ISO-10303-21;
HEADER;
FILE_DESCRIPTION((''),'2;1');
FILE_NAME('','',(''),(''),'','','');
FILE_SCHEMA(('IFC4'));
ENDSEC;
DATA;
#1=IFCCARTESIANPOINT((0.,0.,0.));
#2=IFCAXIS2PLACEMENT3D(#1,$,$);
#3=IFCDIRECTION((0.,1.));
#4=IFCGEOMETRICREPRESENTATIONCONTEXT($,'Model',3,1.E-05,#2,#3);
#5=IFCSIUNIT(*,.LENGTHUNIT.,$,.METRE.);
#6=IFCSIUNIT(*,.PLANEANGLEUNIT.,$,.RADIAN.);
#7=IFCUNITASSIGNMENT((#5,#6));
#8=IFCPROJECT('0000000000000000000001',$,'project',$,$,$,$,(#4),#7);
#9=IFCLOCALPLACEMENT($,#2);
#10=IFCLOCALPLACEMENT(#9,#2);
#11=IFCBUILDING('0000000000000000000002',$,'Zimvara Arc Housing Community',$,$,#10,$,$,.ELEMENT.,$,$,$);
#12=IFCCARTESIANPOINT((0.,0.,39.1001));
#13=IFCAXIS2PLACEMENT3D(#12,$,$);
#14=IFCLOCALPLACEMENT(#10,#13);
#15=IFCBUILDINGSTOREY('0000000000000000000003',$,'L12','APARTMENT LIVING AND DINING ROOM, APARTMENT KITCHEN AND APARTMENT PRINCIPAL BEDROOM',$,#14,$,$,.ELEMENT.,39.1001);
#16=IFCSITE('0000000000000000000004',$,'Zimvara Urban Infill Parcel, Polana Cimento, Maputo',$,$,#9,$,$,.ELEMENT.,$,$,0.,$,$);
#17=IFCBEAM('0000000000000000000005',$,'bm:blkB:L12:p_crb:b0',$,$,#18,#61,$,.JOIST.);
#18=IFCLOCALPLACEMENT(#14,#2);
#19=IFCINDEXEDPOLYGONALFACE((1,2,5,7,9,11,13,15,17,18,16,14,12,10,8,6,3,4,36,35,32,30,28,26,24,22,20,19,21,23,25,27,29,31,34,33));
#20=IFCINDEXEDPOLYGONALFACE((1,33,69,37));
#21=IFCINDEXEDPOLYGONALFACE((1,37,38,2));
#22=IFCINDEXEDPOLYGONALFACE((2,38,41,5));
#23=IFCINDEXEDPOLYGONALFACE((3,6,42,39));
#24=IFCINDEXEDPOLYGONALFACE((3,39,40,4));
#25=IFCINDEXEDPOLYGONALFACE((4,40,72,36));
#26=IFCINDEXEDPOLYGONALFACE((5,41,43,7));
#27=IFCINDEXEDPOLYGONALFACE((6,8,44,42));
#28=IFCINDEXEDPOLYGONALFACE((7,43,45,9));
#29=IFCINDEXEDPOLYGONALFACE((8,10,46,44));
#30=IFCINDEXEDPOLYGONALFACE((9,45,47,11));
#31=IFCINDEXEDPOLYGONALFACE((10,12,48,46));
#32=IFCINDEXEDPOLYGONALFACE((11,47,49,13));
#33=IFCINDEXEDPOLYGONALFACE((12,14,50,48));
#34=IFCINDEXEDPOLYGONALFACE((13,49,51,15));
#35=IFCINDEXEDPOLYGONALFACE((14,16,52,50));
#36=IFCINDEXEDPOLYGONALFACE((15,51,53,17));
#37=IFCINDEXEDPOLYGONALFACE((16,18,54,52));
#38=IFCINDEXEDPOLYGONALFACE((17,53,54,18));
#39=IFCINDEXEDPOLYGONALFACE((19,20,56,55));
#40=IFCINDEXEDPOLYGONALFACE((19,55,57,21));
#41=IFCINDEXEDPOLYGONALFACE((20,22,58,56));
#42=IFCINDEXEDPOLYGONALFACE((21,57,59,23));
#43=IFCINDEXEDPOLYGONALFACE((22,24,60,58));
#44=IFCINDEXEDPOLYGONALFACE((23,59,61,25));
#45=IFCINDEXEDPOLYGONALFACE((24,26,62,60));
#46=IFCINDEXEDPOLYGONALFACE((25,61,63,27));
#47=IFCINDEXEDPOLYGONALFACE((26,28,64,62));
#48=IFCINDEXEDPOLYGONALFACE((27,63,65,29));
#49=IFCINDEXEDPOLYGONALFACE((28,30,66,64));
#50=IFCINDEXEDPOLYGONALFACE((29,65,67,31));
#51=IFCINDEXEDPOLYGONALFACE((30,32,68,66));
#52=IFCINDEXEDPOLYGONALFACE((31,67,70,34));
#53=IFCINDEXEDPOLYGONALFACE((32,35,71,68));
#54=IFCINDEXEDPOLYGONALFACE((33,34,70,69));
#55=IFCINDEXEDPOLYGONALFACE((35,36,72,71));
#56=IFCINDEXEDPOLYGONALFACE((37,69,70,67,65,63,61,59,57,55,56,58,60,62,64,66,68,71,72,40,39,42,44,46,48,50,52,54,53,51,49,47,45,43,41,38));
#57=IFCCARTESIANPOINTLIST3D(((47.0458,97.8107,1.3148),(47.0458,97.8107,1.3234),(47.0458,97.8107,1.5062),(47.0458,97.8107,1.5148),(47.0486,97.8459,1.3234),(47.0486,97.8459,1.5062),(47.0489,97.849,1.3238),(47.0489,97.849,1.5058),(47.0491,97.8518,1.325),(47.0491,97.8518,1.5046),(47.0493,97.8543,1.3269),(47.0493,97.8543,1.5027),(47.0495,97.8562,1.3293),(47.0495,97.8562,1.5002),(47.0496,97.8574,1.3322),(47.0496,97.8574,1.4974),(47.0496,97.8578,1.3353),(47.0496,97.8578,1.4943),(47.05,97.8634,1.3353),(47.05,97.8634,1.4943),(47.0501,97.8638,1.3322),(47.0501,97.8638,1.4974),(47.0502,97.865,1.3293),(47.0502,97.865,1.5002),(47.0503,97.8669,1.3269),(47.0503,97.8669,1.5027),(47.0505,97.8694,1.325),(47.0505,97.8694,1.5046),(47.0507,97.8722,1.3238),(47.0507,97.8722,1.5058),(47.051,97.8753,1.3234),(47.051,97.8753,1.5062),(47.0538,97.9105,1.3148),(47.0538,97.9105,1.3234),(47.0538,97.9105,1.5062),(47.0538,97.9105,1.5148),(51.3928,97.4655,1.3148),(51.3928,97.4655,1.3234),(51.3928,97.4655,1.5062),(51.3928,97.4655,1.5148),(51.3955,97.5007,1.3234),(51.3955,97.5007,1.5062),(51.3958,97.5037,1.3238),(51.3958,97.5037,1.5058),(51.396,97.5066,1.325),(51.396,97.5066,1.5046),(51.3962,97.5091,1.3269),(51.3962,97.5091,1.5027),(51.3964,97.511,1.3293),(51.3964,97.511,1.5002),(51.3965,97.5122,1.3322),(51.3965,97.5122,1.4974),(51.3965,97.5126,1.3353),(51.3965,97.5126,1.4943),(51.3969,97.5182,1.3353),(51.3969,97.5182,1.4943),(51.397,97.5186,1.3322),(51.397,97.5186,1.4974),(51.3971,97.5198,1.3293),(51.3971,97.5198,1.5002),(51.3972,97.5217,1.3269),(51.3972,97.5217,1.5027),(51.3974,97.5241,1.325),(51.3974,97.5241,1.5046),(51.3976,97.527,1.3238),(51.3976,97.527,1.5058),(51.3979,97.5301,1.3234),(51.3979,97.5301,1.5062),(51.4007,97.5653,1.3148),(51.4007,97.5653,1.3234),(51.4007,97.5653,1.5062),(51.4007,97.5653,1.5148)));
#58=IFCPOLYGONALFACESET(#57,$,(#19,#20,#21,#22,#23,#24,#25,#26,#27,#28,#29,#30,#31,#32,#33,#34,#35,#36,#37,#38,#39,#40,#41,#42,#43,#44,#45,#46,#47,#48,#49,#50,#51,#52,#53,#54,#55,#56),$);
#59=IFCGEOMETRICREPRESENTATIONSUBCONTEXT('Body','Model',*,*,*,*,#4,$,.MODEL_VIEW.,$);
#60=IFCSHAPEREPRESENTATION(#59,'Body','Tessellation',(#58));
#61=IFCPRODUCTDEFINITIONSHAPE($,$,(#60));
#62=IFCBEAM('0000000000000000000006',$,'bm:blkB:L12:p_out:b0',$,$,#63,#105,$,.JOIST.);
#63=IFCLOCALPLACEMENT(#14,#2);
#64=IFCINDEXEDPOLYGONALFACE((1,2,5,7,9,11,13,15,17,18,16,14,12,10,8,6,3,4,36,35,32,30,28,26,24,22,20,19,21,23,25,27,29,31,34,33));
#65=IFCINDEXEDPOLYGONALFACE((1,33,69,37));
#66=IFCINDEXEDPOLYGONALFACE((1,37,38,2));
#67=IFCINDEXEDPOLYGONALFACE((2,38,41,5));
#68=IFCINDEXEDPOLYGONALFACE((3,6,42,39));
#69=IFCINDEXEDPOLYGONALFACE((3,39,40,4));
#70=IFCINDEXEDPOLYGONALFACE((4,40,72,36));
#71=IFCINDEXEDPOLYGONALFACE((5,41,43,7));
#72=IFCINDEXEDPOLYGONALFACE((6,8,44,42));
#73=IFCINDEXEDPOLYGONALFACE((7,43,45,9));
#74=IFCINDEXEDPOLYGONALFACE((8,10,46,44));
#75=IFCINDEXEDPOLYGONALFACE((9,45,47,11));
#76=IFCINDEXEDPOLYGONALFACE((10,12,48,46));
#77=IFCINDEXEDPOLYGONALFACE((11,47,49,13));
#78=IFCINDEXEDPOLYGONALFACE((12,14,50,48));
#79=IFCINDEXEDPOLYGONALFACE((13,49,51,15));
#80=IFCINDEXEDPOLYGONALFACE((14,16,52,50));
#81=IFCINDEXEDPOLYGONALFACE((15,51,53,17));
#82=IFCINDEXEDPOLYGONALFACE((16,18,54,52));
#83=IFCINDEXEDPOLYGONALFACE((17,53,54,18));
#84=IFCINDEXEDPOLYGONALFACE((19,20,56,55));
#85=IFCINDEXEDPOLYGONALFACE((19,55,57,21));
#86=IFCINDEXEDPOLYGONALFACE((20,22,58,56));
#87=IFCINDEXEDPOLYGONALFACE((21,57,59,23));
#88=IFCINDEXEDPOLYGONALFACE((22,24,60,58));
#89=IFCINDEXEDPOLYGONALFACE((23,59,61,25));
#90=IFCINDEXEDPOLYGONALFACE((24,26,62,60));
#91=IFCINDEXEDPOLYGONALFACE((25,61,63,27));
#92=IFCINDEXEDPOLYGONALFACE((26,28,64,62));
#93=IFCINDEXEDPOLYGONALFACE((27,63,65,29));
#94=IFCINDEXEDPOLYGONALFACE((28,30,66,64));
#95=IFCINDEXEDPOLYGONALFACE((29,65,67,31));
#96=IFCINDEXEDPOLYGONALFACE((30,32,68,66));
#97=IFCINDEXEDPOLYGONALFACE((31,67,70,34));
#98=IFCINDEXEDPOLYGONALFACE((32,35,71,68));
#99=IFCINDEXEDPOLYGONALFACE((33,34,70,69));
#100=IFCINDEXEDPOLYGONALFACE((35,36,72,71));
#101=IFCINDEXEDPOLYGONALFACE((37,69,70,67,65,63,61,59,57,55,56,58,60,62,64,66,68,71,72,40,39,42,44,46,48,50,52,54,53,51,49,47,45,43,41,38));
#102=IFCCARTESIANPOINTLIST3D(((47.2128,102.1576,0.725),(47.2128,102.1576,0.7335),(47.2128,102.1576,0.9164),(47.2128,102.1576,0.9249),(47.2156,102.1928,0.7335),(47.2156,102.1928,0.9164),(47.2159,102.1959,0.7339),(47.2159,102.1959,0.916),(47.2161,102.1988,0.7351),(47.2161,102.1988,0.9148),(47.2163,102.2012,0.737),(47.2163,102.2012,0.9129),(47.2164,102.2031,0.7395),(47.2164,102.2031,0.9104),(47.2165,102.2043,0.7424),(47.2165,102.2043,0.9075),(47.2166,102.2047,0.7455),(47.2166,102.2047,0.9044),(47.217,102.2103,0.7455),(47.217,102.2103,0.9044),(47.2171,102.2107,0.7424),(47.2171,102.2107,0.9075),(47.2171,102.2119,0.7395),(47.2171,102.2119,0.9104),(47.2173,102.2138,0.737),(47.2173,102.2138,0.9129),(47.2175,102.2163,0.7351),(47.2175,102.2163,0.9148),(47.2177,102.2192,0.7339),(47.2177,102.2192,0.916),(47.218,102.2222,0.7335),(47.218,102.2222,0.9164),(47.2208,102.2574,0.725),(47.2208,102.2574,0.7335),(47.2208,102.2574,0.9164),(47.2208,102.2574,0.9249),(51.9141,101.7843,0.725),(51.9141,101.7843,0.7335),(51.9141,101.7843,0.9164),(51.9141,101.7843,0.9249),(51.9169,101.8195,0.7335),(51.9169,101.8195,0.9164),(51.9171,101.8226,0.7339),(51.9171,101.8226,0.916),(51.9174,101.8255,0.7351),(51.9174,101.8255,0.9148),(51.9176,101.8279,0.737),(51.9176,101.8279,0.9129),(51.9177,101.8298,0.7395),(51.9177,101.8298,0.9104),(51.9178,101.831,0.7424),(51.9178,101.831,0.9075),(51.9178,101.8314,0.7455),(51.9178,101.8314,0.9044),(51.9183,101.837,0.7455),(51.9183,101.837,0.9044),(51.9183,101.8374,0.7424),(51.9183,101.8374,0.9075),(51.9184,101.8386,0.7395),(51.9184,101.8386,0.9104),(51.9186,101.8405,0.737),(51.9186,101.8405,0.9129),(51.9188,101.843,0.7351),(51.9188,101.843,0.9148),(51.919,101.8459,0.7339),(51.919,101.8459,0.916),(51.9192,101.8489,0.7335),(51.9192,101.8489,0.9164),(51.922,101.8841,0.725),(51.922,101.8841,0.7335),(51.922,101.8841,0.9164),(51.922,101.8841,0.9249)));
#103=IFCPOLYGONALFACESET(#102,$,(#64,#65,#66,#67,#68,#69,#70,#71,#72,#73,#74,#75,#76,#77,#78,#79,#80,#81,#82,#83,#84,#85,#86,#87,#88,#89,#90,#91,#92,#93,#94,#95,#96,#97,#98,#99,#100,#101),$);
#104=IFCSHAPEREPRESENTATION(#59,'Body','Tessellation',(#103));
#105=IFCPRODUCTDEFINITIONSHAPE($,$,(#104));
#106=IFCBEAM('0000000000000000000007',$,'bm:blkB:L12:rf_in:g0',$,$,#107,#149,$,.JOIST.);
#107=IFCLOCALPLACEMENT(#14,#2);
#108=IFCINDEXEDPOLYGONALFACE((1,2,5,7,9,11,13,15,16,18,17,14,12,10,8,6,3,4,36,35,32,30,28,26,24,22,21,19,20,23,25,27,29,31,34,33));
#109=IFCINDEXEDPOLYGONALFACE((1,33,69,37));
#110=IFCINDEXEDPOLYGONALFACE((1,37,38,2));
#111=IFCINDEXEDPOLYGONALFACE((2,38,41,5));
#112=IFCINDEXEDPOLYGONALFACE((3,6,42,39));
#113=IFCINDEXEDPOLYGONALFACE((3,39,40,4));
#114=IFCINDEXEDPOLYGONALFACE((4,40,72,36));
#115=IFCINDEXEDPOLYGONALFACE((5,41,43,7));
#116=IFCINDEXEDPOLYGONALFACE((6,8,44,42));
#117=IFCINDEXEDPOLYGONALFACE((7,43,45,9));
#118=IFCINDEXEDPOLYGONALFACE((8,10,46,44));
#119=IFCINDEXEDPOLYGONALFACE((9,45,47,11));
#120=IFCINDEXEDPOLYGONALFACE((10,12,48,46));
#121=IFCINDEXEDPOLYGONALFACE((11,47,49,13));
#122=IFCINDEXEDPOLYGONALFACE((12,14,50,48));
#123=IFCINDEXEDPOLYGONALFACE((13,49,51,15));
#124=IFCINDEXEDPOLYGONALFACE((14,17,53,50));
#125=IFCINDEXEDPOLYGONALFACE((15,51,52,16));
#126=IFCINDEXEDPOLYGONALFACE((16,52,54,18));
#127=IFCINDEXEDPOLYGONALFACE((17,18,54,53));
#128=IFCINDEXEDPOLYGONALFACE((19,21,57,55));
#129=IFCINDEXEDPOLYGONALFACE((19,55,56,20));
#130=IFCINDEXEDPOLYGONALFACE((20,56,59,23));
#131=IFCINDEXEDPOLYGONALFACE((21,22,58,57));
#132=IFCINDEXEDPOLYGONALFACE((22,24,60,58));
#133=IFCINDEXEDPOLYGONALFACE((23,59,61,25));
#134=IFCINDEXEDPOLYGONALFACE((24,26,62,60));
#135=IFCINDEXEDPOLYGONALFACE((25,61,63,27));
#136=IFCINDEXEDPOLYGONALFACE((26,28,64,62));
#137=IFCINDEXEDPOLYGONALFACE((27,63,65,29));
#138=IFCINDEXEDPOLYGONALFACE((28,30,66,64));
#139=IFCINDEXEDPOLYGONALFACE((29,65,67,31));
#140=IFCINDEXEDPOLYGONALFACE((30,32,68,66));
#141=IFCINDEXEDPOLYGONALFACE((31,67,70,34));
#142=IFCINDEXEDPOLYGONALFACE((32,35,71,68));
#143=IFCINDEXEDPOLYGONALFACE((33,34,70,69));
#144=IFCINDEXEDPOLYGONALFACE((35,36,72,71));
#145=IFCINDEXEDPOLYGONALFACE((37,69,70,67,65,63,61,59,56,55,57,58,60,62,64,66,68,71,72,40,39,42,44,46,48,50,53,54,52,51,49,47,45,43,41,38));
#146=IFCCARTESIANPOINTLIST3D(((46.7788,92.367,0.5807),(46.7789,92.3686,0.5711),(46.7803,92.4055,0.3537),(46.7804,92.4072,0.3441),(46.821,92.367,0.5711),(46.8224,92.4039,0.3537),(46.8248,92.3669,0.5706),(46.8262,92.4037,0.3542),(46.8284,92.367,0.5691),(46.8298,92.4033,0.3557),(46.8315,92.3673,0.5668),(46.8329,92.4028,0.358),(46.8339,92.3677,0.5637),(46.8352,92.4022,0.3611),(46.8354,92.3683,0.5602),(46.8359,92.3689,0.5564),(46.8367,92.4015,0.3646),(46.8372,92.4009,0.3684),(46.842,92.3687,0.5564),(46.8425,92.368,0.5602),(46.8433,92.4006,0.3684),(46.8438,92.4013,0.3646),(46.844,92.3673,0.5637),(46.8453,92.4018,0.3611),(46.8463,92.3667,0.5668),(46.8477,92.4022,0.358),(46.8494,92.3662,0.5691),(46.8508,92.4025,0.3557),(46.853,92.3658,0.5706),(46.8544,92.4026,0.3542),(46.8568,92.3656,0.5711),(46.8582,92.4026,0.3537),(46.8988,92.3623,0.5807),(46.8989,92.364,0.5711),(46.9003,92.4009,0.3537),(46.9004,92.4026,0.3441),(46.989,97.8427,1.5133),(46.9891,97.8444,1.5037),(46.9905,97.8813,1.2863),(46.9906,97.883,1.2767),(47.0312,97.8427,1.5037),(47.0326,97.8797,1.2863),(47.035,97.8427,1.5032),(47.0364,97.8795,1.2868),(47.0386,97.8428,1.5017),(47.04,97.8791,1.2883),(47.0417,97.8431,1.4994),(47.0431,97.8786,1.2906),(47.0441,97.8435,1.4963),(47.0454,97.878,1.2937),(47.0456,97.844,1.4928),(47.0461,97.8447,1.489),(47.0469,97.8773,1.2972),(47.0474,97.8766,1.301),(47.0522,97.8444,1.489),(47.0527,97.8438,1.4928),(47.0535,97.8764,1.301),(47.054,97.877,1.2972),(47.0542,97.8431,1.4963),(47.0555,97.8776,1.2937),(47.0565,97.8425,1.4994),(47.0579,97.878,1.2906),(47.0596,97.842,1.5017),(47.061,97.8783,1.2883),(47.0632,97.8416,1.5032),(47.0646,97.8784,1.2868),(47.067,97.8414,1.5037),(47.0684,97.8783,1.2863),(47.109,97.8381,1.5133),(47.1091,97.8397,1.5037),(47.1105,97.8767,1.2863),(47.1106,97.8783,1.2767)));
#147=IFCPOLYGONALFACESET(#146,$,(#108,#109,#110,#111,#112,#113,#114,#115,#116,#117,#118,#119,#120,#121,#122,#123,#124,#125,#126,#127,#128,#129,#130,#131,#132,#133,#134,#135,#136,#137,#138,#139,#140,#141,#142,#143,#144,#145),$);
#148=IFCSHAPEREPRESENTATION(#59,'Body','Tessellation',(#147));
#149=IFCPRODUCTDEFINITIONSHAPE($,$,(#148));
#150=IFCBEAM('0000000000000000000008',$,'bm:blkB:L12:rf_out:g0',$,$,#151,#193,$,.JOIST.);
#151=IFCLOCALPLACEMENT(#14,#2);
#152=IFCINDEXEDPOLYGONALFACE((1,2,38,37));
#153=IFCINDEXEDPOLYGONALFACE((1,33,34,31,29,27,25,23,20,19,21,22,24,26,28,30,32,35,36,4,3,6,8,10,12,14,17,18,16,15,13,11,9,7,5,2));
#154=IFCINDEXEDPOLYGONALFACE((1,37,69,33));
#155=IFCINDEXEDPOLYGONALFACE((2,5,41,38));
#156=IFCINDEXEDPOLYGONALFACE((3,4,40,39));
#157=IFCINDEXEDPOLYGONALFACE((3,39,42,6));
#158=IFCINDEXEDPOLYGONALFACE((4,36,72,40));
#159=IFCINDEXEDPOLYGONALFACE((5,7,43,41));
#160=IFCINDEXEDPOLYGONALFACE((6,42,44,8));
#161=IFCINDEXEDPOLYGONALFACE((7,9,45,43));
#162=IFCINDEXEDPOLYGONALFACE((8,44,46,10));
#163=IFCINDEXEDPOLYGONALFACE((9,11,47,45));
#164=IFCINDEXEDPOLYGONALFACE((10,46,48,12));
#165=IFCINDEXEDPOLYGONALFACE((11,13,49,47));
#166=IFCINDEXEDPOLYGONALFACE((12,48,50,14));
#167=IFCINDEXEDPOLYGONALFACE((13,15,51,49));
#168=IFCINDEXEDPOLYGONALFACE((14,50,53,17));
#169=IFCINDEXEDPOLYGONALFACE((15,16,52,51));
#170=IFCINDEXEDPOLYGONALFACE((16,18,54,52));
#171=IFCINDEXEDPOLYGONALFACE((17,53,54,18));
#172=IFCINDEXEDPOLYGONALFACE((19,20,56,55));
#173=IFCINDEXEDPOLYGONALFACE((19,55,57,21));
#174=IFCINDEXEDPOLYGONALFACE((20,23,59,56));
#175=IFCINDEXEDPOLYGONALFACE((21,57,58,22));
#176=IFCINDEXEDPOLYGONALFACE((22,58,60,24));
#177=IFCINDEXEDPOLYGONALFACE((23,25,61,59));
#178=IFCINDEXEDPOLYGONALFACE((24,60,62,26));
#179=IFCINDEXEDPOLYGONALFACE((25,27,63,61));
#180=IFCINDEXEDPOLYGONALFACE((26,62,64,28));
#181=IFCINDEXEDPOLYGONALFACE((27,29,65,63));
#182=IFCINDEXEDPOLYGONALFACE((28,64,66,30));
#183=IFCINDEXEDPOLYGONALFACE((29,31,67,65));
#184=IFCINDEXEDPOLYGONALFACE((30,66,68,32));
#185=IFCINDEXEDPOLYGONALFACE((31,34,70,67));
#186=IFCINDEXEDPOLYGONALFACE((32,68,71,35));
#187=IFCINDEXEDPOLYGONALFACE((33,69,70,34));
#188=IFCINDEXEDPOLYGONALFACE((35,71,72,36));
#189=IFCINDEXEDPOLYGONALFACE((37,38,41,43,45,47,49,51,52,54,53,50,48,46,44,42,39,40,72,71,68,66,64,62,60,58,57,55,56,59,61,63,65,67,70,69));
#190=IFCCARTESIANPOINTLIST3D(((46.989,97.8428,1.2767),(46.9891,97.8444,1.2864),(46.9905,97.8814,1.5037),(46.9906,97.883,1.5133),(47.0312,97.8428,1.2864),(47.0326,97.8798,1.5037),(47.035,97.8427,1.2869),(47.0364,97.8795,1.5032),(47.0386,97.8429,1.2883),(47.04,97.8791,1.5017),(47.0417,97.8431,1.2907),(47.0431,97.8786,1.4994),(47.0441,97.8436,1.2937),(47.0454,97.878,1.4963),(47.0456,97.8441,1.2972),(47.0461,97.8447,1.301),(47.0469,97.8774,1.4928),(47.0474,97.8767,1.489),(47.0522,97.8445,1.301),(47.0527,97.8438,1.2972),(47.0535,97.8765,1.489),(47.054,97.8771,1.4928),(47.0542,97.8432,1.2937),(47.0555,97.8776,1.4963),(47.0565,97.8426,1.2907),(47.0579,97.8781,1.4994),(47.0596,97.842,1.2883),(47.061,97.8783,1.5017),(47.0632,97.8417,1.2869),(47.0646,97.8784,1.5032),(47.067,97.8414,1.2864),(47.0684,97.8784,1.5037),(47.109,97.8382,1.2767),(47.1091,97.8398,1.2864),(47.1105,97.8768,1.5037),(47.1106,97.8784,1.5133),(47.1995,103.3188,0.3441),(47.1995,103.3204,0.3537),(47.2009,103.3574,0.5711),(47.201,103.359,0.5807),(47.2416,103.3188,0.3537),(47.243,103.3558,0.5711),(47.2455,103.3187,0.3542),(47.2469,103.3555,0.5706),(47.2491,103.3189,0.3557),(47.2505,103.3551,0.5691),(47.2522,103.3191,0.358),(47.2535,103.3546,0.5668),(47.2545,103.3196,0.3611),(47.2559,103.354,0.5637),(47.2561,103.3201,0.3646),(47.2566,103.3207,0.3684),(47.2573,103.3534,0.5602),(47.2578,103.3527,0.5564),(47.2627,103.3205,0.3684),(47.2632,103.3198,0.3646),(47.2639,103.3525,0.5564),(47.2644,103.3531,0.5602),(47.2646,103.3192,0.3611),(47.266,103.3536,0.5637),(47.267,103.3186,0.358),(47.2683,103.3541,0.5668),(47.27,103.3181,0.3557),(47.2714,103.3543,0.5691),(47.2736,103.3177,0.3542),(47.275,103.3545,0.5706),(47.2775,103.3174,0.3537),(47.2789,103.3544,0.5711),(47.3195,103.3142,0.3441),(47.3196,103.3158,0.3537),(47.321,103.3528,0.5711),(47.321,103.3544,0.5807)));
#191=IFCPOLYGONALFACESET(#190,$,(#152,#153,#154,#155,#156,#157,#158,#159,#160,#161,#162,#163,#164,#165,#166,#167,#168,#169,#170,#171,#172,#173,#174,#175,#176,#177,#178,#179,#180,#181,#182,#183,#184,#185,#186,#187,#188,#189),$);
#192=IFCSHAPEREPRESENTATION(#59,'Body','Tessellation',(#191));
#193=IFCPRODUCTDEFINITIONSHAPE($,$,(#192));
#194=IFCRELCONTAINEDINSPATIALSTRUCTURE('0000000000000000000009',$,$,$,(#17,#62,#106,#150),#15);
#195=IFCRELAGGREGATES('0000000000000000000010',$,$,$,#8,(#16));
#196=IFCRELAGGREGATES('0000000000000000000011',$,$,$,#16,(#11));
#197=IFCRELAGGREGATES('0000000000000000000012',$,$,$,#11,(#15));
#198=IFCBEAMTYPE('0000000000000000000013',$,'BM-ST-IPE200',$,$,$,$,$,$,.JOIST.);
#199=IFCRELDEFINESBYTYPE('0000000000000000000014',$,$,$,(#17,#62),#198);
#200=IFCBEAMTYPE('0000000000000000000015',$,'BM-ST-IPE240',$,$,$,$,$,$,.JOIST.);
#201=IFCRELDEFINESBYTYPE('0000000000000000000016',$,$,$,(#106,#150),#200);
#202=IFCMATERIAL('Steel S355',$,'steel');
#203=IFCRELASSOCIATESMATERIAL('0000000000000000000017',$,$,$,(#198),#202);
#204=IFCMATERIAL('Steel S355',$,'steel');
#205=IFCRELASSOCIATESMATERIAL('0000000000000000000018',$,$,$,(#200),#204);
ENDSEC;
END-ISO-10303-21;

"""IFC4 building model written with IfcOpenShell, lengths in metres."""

from ifc_helpers import new_model, si_unit, direction, frame, origin, origin_2d, place, context, subcontext, project, spatial, i_section, extrude, material, material_profile, profile_set, type_object, element, save


model = new_model("IFC4")

# Units and contexts
model_context = context("Model", 3, precision=1e-05, world=origin(), true_north=direction((0.0, 1.0)))
body_context = subcontext(model_context, "Body", "Model", "MODEL_VIEW")
ifc_project = project(units=[si_unit("LENGTHUNIT", "METRE"), si_unit("PLANEANGLEUNIT", "RADIAN")], contexts=[model_context])

# Site, building, storey
site_placement = place(None, origin())
site = spatial("IfcSite", under=ifc_project, at=site_placement, Name="Zimvara Urban Infill Parcel, Polana Cimento, Maputo", CompositionType="ELEMENT", RefElevation=0.0)
building_placement = place(site_placement, origin())
building = spatial("IfcBuilding", under=site, at=building_placement, Name="Zimvara Arc Housing Community", CompositionType="ELEMENT")
storey_placement = place(building_placement, frame((0.0, 0.0, 39.1001)))
storey = spatial("IfcBuildingStorey", under=building, at=storey_placement, Name="L12", Description="APARTMENT LIVING AND DINING ROOM, APARTMENT KITCHEN AND APARTMENT PRINCIPAL BEDROOM", CompositionType="ELEMENT", Elevation=39.1001)

# Beams
ifc_material_1 = material(Name="Steel S355", Category="steel")
ifc_material_profile_1 = material_profile(ifc_material_1, i_section(OverallWidth=0.1001, OverallDepth=0.2, WebThickness=0.0056, FlangeThickness=0.0085, FilletRadius=0.012, at=origin_2d()), Name="IPE 200")
ifc_profile_set_1 = profile_set([ifc_material_profile_1], Name="Steel S355")
beam_type_1 = type_object("IfcBeamType", Name="BM-ST-IPE200", PredefinedType="JOIST", material=ifc_profile_set_1)
beam_1_placement = place(storey_placement, frame((47.0498, 97.8606, 1.4148), z_axis=(0.996861, -0.079167, 0.0), x_axis=(0.079167, 0.996861, 0.0)))
element("IfcBeam", 1, at=beam_1_placement, inside=storey, type_object=beam_type_1, Name="bm:blkB:L12:p_crb:b0", PredefinedType="JOIST", context=body_context, shape_type="SweptSolid", body=[
    extrude(i_section(OverallWidth=0.1001, OverallDepth=0.2, WebThickness=0.0056, FlangeThickness=0.0085, FilletRadius=0.012, at=origin_2d()), origin(), (0.0, 0.0, 1.0), 4.3606),
])
beam_2_placement = place(storey_placement, frame((47.2168, 102.2075, 0.825), z_axis=(0.996862, -0.079155, 0.0), x_axis=(0.079155, 0.996862, 0.0)))
element("IfcBeam", 2, at=beam_2_placement, inside=storey, type_object=beam_type_1, Name="bm:blkB:L12:p_out:b0", PredefinedType="JOIST", context=body_context, shape_type="SweptSolid", body=[
    extrude(i_section(OverallWidth=0.1001, OverallDepth=0.2, WebThickness=0.0056, FlangeThickness=0.0085, FilletRadius=0.012, at=origin_2d()), origin(), (0.0, 0.0, 1.0), 4.7161),
])
ifc_material_2 = material(Name="Steel S355", Category="steel")
ifc_material_profile_2 = material_profile(ifc_material_2, i_section(OverallWidth=0.1201, OverallDepth=0.24, WebThickness=0.0061, FlangeThickness=0.0098, FilletRadius=0.0149, at=origin_2d()), Name="IPE 240")
ifc_profile_set_2 = profile_set([ifc_material_profile_2], Name="Steel S355")
beam_type_2 = type_object("IfcBeamType", Name="BM-ST-IPE240", PredefinedType="JOIST", material=ifc_profile_set_2)
beam_3_placement = place(storey_placement, frame((46.8396, 92.3848, 0.4624), z_axis=(0.037816, 0.985099, 0.167777), x_axis=(-0.999264, 0.03836, 0.0)))
element("IfcBeam", 3, at=beam_3_placement, inside=storey, type_object=beam_type_2, Name="bm:blkB:L12:rf_in:g0", PredefinedType="JOIST", context=body_context, shape_type="SweptSolid", body=[
    extrude(i_section(OverallWidth=0.1201, OverallDepth=0.24, WebThickness=0.0061, FlangeThickness=0.0098, FilletRadius=0.0149, at=origin_2d()), origin(), (0.0, 0.0, 1.0), 5.5586),
])
beam_4_placement = place(storey_placement, frame((47.0498, 97.8606, 1.395), z_axis=(0.037858, 0.985099, -0.16777), x_axis=(-0.999262, 0.038402, 0.0)))
element("IfcBeam", 4, at=beam_4_placement, inside=storey, type_object=beam_type_2, Name="bm:blkB:L12:rf_out:g0", PredefinedType="JOIST", context=body_context, shape_type="SweptSolid", body=[
    extrude(i_section(OverallWidth=0.1201, OverallDepth=0.24, WebThickness=0.0061, FlangeThickness=0.0098, FilletRadius=0.0149, at=origin_2d()), origin(), (0.0, 0.0, 1.0), 5.5588),
])

save(model, "model.ifc")
